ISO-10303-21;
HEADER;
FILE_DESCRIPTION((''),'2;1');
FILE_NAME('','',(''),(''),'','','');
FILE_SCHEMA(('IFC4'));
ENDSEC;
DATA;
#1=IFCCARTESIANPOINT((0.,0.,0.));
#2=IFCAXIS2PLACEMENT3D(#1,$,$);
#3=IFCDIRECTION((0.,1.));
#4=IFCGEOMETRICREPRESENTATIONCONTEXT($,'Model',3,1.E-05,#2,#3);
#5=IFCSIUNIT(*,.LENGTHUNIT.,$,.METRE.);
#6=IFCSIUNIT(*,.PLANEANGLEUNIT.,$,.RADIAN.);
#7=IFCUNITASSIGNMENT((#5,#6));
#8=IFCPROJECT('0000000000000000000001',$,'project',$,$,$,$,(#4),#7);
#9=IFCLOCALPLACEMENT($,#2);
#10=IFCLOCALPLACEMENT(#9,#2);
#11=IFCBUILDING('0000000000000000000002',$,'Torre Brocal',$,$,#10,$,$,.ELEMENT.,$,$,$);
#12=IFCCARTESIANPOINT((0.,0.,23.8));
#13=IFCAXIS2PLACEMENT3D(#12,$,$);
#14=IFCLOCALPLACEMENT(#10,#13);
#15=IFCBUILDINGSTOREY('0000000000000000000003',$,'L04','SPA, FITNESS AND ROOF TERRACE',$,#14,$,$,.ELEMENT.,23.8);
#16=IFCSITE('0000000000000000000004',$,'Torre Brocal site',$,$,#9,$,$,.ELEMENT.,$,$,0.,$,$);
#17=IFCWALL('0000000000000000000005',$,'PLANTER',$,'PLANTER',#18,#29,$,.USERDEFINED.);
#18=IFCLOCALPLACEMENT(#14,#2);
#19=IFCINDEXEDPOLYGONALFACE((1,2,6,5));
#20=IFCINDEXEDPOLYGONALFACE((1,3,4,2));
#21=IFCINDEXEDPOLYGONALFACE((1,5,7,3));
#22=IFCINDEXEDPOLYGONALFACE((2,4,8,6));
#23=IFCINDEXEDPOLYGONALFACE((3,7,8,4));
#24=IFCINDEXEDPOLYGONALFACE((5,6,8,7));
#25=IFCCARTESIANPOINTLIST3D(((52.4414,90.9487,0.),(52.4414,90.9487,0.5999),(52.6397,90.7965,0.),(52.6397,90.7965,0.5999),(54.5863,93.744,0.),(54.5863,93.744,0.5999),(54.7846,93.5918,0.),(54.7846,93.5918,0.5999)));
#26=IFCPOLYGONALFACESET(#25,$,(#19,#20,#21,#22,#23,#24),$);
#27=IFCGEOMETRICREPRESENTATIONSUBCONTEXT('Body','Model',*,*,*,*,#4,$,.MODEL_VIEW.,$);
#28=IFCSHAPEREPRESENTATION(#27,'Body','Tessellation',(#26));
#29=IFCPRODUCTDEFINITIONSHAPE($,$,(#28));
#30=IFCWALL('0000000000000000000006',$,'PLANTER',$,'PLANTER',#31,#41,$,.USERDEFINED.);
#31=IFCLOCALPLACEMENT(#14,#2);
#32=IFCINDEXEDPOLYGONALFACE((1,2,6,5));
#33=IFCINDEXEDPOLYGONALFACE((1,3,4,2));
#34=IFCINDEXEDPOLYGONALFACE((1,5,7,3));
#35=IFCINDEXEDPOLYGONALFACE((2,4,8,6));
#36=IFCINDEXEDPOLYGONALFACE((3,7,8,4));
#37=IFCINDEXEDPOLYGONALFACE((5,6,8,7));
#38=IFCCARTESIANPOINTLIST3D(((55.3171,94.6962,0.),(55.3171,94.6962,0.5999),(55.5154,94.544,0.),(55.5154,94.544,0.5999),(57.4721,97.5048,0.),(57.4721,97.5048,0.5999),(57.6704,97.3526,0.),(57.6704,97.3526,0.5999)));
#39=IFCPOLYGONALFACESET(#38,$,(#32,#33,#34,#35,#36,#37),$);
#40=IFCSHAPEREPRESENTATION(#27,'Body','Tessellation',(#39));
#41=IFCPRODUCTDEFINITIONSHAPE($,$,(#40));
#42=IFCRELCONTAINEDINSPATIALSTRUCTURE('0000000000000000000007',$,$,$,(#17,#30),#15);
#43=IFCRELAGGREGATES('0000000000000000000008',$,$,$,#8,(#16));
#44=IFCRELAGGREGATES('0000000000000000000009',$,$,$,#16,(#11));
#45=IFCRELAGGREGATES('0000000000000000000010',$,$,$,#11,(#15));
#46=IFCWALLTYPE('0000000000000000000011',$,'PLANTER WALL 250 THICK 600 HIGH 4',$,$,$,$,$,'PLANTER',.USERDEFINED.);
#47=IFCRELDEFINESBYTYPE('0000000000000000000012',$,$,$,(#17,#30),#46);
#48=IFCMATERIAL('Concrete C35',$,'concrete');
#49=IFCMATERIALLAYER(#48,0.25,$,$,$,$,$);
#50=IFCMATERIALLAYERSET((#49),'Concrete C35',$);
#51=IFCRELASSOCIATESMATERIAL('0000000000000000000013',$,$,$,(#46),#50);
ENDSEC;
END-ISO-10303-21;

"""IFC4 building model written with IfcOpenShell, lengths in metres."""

from ifc_helpers import new_model, si_unit, direction, frame, frame_2d, origin, place, context, subcontext, project, spatial, rectangle, extrude, material, layer, layer_set, type_object, element, save


model = new_model("IFC4")

# Units and contexts
model_context = context("Model", 3, precision=1e-05, world=origin(), true_north=direction((0.0, 1.0)))
body_context = subcontext(model_context, "Body", "Model", "MODEL_VIEW")
ifc_project = project(units=[si_unit("LENGTHUNIT", "METRE"), si_unit("PLANEANGLEUNIT", "RADIAN")], contexts=[model_context])

# Site, building, storey
site_placement = place(None, origin())
site = spatial("IfcSite", under=ifc_project, at=site_placement, Name="Torre Brocal site", CompositionType="ELEMENT", RefElevation=0.0)
building_placement = place(site_placement, origin())
building = spatial("IfcBuilding", under=site, at=building_placement, Name="Torre Brocal", CompositionType="ELEMENT")
storey_placement = place(building_placement, frame((0.0, 0.0, 23.8)))
storey = spatial("IfcBuildingStorey", under=building, at=storey_placement, Name="L04", Description="SPA, FITNESS AND ROOF TERRACE", CompositionType="ELEMENT", Elevation=23.8)

# Walls
ifc_material_1 = material(Name="Concrete C35", Category="concrete")
ifc_layer_1 = layer(ifc_material_1, 0.25)
ifc_layer_set_1 = layer_set([ifc_layer_1], Name="Concrete C35")
wall_type_1 = type_object("IfcWallType", Name="PLANTER WALL 250 THICK 600 HIGH 4", ElementType="PLANTER", PredefinedType="USERDEFINED", material=ifc_layer_set_1)
wall_1_placement = place(storey_placement, frame((52.5405, 90.8726, 0.0), z_axis=(0.0, 0.0, 1.0), x_axis=(0.608766, 0.79335, 0.0)))
element("IfcWall", 1, at=wall_1_placement, inside=storey, type_object=wall_type_1, Name="PLANTER", ObjectType="PLANTER", PredefinedType="USERDEFINED", context=body_context, shape_type="SweptSolid", body=[
    extrude(rectangle(XDim=3.5234, YDim=0.25, at=frame_2d((1.7617, 0.0))), origin(), (0.0, 0.0, 1.0), 0.5999),
])
wall_2_placement = place(storey_placement, frame((55.4163, 94.6201, 0.0), z_axis=(0.0, 0.0, 1.0), x_axis=(0.608747, 0.793364, 0.0)))
element("IfcWall", 2, at=wall_2_placement, inside=storey, type_object=wall_type_1, Name="PLANTER", ObjectType="PLANTER", PredefinedType="USERDEFINED", context=body_context, shape_type="SweptSolid", body=[
    extrude(rectangle(XDim=3.54, YDim=0.25, at=frame_2d((1.77, 0.0))), origin(), (0.0, 0.0, 1.0), 0.5999),
])

save(model, "model.ifc")
